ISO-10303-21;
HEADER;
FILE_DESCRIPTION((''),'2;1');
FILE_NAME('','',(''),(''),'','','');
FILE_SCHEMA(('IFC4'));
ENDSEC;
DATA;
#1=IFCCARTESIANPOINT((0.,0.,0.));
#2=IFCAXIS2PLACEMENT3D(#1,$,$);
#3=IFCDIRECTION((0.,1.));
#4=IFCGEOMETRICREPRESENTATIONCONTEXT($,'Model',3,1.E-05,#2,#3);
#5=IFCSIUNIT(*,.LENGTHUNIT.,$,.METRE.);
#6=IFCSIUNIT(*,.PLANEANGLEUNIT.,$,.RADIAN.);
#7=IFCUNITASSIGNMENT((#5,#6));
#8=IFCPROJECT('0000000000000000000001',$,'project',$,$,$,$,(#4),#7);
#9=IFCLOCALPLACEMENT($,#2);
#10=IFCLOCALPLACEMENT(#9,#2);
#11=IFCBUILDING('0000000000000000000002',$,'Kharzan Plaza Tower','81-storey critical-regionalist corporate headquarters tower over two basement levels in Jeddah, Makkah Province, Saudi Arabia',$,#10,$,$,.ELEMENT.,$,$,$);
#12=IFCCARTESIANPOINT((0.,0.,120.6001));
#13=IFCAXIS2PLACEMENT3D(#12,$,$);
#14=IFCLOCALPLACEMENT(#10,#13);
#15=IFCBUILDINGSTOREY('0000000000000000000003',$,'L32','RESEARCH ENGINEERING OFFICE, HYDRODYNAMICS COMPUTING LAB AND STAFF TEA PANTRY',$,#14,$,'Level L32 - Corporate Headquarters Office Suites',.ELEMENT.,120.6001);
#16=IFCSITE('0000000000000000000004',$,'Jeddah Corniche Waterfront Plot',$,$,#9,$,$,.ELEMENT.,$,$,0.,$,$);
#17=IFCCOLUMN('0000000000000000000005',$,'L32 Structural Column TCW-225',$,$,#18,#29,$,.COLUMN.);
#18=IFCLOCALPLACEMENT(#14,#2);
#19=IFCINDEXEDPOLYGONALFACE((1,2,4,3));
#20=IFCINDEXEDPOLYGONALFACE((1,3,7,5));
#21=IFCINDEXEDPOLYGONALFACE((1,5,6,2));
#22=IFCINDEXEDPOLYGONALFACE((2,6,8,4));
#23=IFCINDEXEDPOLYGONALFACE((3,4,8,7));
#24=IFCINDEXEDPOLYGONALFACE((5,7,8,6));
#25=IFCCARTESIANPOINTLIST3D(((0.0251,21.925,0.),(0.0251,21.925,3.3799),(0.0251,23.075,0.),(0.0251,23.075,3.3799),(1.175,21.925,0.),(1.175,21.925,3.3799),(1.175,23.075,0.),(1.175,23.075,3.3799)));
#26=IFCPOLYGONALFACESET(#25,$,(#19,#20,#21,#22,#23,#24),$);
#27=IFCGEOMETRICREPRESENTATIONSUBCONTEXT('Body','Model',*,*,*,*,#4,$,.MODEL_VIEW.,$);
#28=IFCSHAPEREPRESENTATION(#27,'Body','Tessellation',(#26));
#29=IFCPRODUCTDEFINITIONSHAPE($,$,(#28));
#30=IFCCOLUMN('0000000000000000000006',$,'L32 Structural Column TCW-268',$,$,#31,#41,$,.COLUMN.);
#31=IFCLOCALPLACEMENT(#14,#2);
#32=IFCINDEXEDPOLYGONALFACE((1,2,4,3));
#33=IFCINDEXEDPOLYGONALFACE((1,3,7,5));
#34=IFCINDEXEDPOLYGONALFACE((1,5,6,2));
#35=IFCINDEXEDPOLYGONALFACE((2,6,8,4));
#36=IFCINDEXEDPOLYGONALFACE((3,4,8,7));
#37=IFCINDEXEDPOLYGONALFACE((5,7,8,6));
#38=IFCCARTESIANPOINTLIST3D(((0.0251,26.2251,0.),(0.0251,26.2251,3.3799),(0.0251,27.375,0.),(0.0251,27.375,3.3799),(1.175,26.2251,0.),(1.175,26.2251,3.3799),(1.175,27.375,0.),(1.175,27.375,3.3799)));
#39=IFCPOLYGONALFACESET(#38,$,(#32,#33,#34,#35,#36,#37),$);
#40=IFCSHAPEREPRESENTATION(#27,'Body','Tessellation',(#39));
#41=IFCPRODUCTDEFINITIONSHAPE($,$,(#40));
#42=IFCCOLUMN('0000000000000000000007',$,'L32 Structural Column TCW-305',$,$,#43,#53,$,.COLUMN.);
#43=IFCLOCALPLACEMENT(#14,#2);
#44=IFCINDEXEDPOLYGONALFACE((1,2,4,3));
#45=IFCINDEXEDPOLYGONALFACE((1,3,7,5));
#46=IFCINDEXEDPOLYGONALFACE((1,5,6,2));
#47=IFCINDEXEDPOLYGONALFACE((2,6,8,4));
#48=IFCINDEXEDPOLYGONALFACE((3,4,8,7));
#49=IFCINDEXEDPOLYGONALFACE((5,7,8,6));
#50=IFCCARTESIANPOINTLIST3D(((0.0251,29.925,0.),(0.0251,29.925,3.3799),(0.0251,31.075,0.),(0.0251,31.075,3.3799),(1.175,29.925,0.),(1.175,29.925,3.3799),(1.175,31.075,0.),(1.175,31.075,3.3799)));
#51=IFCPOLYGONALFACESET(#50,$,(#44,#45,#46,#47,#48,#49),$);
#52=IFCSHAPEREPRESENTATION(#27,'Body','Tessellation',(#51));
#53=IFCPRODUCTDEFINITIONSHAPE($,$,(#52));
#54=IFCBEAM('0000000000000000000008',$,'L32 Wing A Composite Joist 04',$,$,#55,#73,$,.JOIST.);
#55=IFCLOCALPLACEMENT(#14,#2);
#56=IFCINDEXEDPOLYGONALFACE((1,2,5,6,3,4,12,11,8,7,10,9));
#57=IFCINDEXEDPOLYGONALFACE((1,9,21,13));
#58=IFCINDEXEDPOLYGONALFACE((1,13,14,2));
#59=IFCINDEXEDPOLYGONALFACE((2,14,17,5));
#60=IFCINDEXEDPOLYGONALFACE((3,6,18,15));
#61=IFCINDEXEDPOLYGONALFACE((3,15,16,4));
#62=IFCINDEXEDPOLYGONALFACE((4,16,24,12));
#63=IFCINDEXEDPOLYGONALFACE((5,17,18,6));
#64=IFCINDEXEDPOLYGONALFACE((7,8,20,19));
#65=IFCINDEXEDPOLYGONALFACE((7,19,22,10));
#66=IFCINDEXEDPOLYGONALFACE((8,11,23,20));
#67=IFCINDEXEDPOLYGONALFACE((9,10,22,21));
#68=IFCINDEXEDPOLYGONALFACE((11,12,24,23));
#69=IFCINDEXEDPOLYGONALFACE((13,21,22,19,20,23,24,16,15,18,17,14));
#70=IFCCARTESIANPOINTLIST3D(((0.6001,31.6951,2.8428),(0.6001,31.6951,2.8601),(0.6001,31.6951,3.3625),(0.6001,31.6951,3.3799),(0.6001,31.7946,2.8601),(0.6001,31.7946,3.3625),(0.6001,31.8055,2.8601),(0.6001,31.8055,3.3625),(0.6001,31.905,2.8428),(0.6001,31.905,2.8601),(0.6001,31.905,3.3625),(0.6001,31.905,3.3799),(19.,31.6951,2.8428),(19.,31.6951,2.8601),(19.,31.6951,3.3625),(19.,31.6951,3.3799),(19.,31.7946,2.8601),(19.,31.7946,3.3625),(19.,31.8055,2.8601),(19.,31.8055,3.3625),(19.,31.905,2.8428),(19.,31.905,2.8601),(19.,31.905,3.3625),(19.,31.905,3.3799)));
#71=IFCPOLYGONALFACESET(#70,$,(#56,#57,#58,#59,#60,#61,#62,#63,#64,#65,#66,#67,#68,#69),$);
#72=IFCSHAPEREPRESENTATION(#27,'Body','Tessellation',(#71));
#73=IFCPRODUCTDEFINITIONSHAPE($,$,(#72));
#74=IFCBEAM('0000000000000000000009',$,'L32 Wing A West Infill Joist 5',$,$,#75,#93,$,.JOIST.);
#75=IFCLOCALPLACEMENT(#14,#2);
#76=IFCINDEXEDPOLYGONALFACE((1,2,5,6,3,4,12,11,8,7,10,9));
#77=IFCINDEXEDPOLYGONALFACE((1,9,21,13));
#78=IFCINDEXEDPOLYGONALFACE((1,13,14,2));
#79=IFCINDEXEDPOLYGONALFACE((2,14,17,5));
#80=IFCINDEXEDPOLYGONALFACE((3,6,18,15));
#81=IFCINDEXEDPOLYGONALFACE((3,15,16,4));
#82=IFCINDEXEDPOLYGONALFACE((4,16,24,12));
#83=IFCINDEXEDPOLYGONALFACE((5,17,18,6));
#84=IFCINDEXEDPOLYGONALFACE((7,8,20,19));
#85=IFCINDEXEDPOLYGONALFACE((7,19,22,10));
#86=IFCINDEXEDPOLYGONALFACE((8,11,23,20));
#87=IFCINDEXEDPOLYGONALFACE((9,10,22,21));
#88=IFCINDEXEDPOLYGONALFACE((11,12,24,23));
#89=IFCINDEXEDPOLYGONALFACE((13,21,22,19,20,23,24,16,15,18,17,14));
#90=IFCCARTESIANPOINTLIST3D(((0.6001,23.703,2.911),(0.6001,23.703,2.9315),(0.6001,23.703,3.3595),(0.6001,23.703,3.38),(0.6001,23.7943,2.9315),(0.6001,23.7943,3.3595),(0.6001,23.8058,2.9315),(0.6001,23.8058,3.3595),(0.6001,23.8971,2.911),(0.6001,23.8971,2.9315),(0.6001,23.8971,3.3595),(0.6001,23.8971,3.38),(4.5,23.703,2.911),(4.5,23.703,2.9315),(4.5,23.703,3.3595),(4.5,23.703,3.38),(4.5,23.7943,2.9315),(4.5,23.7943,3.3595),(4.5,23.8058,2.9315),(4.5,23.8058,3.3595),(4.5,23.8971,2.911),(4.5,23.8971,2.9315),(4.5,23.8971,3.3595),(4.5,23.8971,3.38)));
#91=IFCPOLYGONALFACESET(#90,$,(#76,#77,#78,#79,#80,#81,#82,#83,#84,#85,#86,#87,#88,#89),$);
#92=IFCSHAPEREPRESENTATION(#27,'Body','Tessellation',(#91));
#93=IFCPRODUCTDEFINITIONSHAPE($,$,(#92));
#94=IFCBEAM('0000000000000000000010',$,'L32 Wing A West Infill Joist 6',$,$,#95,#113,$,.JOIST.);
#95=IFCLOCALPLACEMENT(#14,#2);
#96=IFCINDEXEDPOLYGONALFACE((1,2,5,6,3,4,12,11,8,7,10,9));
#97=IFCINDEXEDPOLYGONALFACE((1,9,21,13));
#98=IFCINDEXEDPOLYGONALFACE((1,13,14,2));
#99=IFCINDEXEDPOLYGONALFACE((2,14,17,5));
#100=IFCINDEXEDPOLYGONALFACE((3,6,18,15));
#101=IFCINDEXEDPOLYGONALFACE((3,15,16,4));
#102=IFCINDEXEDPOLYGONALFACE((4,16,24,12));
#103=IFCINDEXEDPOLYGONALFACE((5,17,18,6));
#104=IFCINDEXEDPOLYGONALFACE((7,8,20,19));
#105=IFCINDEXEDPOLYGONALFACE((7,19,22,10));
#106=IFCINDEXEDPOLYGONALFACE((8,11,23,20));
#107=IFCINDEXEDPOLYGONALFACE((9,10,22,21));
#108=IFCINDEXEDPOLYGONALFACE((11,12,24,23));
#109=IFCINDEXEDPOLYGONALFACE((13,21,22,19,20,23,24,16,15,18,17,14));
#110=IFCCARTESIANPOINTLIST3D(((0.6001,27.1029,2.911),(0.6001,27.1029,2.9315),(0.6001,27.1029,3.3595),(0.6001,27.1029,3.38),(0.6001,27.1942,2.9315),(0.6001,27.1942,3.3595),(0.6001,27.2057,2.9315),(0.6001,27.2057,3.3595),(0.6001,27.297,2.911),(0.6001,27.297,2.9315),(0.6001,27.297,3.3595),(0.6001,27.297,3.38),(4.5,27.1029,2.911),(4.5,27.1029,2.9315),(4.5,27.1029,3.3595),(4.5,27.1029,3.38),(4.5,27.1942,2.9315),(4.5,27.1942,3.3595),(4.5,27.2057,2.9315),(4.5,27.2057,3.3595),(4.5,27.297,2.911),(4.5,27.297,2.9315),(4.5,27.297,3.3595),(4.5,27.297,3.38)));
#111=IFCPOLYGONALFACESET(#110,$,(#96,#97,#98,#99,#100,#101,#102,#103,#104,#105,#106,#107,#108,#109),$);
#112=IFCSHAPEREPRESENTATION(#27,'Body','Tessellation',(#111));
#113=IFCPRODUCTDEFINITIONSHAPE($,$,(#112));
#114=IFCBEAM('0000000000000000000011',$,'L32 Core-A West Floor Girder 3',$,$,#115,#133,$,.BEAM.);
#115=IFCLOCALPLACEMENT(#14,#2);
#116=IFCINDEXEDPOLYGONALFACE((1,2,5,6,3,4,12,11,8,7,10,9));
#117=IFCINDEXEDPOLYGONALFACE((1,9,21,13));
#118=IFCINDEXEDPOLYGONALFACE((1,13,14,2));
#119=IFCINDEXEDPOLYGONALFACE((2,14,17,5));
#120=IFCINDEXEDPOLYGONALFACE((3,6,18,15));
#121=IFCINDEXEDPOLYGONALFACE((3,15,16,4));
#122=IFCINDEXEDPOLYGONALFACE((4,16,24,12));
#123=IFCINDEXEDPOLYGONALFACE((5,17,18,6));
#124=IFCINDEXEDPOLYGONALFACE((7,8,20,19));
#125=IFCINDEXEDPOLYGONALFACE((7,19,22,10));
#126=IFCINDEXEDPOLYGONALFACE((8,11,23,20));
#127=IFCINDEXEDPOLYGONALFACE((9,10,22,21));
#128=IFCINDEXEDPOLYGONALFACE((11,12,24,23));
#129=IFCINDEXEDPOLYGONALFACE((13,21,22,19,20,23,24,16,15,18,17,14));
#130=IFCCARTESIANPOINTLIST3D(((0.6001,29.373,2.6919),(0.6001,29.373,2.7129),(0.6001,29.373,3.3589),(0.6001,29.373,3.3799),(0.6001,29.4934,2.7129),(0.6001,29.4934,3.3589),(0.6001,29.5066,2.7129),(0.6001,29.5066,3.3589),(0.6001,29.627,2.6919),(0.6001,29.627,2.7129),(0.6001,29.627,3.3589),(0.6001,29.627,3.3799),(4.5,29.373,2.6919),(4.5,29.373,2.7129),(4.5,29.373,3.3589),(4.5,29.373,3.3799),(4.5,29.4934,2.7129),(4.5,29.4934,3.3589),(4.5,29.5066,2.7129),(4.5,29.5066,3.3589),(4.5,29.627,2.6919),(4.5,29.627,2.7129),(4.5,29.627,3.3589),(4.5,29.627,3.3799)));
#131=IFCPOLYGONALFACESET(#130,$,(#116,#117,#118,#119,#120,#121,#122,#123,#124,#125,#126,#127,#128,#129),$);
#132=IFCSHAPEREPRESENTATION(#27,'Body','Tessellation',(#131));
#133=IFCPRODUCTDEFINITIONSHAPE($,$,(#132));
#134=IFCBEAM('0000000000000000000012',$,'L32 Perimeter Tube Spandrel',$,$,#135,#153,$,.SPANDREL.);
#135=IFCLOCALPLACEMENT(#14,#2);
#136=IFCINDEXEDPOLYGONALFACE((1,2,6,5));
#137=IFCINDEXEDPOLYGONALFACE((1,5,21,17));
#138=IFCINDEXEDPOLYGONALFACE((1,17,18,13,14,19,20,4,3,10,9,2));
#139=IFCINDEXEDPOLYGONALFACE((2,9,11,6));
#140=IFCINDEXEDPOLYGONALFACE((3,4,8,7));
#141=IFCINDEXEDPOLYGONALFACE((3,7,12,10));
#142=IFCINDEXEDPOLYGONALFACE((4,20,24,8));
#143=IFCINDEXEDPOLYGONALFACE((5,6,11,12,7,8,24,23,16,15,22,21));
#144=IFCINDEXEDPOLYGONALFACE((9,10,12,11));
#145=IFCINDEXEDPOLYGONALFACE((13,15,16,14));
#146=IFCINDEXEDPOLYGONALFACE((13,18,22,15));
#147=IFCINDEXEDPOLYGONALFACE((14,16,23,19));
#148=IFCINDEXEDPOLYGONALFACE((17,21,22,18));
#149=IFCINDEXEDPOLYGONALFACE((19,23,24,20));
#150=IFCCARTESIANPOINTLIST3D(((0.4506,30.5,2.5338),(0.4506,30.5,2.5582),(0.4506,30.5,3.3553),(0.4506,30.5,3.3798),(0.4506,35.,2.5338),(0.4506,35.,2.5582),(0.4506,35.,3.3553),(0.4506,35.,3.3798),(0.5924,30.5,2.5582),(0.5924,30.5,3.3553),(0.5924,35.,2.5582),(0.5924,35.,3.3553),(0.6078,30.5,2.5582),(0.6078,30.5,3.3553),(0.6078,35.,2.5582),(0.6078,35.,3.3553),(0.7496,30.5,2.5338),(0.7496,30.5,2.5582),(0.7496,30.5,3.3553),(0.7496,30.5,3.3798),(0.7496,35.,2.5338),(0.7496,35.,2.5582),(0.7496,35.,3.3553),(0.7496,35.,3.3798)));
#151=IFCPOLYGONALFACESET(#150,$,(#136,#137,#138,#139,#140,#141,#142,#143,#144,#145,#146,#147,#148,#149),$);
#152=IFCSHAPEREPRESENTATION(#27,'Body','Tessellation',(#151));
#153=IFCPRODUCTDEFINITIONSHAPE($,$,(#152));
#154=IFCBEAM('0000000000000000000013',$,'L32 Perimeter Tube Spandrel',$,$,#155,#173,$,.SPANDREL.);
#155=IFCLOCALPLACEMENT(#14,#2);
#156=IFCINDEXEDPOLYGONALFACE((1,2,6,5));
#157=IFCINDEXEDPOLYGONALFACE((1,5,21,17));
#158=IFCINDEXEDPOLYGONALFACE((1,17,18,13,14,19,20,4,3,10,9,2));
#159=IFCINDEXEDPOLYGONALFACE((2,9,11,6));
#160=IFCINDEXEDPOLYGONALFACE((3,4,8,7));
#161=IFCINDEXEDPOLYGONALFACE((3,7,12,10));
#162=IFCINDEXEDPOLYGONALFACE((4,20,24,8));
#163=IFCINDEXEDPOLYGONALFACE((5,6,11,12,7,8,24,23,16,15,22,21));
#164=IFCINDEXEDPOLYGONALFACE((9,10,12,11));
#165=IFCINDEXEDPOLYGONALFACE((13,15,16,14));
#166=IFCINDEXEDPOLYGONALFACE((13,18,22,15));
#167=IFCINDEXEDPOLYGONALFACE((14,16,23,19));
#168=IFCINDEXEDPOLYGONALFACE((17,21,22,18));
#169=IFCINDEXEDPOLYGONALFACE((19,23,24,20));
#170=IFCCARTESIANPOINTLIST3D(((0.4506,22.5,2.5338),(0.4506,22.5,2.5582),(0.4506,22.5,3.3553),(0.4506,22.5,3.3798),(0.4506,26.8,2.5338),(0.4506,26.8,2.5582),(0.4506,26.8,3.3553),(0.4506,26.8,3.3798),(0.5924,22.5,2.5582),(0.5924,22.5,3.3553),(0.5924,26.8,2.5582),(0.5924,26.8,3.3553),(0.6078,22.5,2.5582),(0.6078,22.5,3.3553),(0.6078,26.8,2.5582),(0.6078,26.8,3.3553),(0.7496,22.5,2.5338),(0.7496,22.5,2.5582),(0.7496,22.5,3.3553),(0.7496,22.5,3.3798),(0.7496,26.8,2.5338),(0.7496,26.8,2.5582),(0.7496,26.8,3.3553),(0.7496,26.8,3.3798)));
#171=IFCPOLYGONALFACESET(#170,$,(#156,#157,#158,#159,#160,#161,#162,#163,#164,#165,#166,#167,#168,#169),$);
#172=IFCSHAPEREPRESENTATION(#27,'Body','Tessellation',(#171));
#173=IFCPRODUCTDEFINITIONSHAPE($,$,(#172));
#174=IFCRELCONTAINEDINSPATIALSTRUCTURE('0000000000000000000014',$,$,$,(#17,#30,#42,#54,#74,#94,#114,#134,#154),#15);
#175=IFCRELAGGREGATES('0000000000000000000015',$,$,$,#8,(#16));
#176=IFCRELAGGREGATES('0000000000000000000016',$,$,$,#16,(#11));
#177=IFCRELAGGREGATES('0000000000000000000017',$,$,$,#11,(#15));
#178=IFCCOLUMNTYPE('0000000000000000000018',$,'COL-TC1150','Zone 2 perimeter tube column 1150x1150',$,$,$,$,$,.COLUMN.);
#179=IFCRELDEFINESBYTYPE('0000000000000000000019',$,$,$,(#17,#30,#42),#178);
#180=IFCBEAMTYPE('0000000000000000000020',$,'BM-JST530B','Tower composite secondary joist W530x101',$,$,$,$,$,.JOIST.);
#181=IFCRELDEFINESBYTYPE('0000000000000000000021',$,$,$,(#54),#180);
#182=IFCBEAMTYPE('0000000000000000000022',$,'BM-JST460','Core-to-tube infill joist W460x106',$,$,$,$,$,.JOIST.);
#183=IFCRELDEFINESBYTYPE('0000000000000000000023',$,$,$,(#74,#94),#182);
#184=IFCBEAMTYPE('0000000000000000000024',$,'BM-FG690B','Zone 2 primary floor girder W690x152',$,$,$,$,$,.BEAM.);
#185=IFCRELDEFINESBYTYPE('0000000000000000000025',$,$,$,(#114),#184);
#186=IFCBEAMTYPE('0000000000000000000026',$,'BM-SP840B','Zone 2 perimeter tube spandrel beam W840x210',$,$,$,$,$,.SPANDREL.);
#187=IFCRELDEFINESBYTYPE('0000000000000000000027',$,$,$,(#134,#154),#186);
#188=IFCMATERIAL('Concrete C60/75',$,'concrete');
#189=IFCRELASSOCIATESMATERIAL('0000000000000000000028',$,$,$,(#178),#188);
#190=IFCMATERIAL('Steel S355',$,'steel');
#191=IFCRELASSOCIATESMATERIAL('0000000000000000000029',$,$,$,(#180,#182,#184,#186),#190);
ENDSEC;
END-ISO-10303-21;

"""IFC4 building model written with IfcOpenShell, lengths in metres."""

from ifc_helpers import new_model, si_unit, direction, frame, origin, origin_2d, place, context, subcontext, project, spatial, rectangle, i_section, extrude, source, transform, mapped, material, material_profile, profile_set, type_object, element, save


model = new_model("IFC4")

# Units and contexts
model_context = context("Model", 3, precision=1e-05, world=origin(), true_north=direction((0.0, 1.0)))
body_context = subcontext(model_context, "Body", "Model", "MODEL_VIEW")
ifc_project = project(units=[si_unit("LENGTHUNIT", "METRE"), si_unit("PLANEANGLEUNIT", "RADIAN")], contexts=[model_context])

# Site, building, storey
site_placement = place(None, origin())
site = spatial("IfcSite", under=ifc_project, at=site_placement, Name="Jeddah Corniche Waterfront Plot", CompositionType="ELEMENT", RefElevation=0.0)
building_placement = place(site_placement, origin())
building = spatial("IfcBuilding", under=site, at=building_placement, Name="Kharzan Plaza Tower", Description="81-storey critical-regionalist corporate headquarters tower over two basement levels in Jeddah, Makkah Province, Saudi Arabia", CompositionType="ELEMENT")
storey_placement = place(building_placement, frame((0.0, 0.0, 120.6001)))
storey = spatial("IfcBuildingStorey", under=building, at=storey_placement, Name="L32", Description="RESEARCH ENGINEERING OFFICE, HYDRODYNAMICS COMPUTING LAB AND STAFF TEA PANTRY", LongName="Level L32 - Corporate Headquarters Office Suites", CompositionType="ELEMENT", Elevation=120.6001)

# Columns
ifc_material_1 = material(Name="Concrete C60/75", Category="concrete")
ifc_material_profile_1 = material_profile(ifc_material_1, rectangle(XDim=1.1499, YDim=1.1499, at=origin_2d()), Name="RC-TC1150x1150")
ifc_profile_set_1 = profile_set([ifc_material_profile_1], Name="Concrete C60/75")
column_type = type_object("IfcColumnType", Name="COL-TC1150", Description="Zone 2 perimeter tube column 1150x1150", PredefinedType="COLUMN", material=ifc_profile_set_1)
shared_shape_1 = source(origin(), body_context, "Body", "SweptSolid", [
    extrude(rectangle(XDim=1.1499, YDim=1.1499, at=origin_2d()), origin(), (0.0, 0.0, 1.0), 3.3799),
])
for number, where, z_axis, x_axis, name in (
    (1, (0.6001, 22.5, 0.0), (0.0, 0.0, 1.0), (1.0, 0.0, 0.0), "L32 Structural Column TCW-225"),
    (2, (0.6001, 26.8, 0.0), (0.0, 0.0, 1.0), (1.0, 0.0, 0.0), "L32 Structural Column TCW-268"),
    (3, (0.6001, 30.5, 0.0), (0.0, 0.0, 1.0), (1.0, 0.0, 0.0), "L32 Structural Column TCW-305"),
):
    element("IfcColumn", number, at=place(storey_placement, frame(where, z_axis=z_axis, x_axis=x_axis)), inside=storey, type_object=column_type, Name=name, PredefinedType="COLUMN", context=body_context, shape_type="MappedRepresentation", body=[
        mapped(shared_shape_1, transform((0.0, 0.0, 0.0), x_axis=(1.0, 0.0, 0.0), y_axis=(0.0, 1.0, 0.0), z_axis=(0.0, 0.0, 1.0))),
    ])

# Beams
ifc_material_2 = material(Name="Steel S355", Category="steel")
ifc_material_profile_2 = material_profile(ifc_material_2, i_section(OverallWidth=0.21, OverallDepth=0.5371, WebThickness=0.011, FlangeThickness=0.0173, at=origin_2d()), Name="W530x101")
ifc_profile_set_2 = profile_set([ifc_material_profile_2], Name="Steel S355")
beam_type_1 = type_object("IfcBeamType", Name="BM-JST530B", Description="Tower composite secondary joist W530x101", PredefinedType="JOIST", material=ifc_profile_set_2)
shared_shape_2 = source(origin(), body_context, "Body", "SweptSolid", [
    extrude(i_section(OverallWidth=0.21, OverallDepth=0.5371, WebThickness=0.011, FlangeThickness=0.0173, at=origin_2d()), origin(), (0.0, 0.0, 1.0), 18.3999),
])
beam_1_placement = place(storey_placement, frame((0.6001, 31.8, 3.1113), z_axis=(1.0, 0.0, 0.0), x_axis=(0.0, 1.0, 0.0)))
element("IfcBeam", 4, at=beam_1_placement, inside=storey, type_object=beam_type_1, Name="L32 Wing A Composite Joist 04", PredefinedType="JOIST", context=body_context, shape_type="MappedRepresentation", body=[
    mapped(shared_shape_2, transform((0.0, 0.0, 0.0), x_axis=(1.0, 0.0, 0.0), y_axis=(0.0, 1.0, 0.0), z_axis=(0.0, 0.0, 1.0))),
])
ifc_material_profile_3 = material_profile(ifc_material_2, i_section(OverallWidth=0.1941, OverallDepth=0.469, WebThickness=0.0115, FlangeThickness=0.0205, at=origin_2d()), Name="W460x106")
ifc_profile_set_3 = profile_set([ifc_material_profile_3], Name="Steel S355")
beam_type_2 = type_object("IfcBeamType", Name="BM-JST460", Description="Core-to-tube infill joist W460x106", PredefinedType="JOIST", material=ifc_profile_set_3)
shared_shape_3 = source(origin(), body_context, "Body", "SweptSolid", [
    extrude(i_section(OverallWidth=0.1941, OverallDepth=0.469, WebThickness=0.0115, FlangeThickness=0.0205, at=origin_2d()), origin(), (0.0, 0.0, 1.0), 3.8999),
])
for number, where, z_axis, x_axis, name in (
    (5, (0.6001, 23.8, 3.1455), (1.0, 0.0, 0.0), (0.0, 1.0, 0.0), "L32 Wing A West Infill Joist 5"),
    (6, (0.6001, 27.2, 3.1455), (1.0, 0.0, 0.0), (0.0, 1.0, 0.0), "L32 Wing A West Infill Joist 6"),
):
    element("IfcBeam", number, at=place(storey_placement, frame(where, z_axis=z_axis, x_axis=x_axis)), inside=storey, type_object=beam_type_2, Name=name, PredefinedType="JOIST", context=body_context, shape_type="MappedRepresentation", body=[
        mapped(shared_shape_3, transform((0.0, 0.0, 0.0), x_axis=(1.0, 0.0, 0.0), y_axis=(0.0, 1.0, 0.0), z_axis=(0.0, 0.0, 1.0))),
    ])
ifc_material_profile_4 = material_profile(ifc_material_2, i_section(OverallWidth=0.2539, OverallDepth=0.688, WebThickness=0.0132, FlangeThickness=0.021, at=origin_2d()), Name="W690x152")
ifc_profile_set_4 = profile_set([ifc_material_profile_4], Name="Steel S355")
beam_type_3 = type_object("IfcBeamType", Name="BM-FG690B", Description="Zone 2 primary floor girder W690x152", PredefinedType="BEAM", material=ifc_profile_set_4)
shared_shape_4 = source(origin(), body_context, "Body", "SweptSolid", [
    extrude(i_section(OverallWidth=0.2539, OverallDepth=0.688, WebThickness=0.0132, FlangeThickness=0.021, at=origin_2d()), origin(), (0.0, 0.0, 1.0), 3.8999),
])
beam_2_placement = place(storey_placement, frame((0.6001, 29.5, 3.0359), z_axis=(1.0, 0.0, 0.0), x_axis=(0.0, 1.0, 0.0)))
element("IfcBeam", 7, at=beam_2_placement, inside=storey, type_object=beam_type_3, Name="L32 Core-A West Floor Girder 3", PredefinedType="BEAM", context=body_context, shape_type="MappedRepresentation", body=[
    mapped(shared_shape_4, transform((0.0, 0.0, 0.0), x_axis=(1.0, 0.0, 0.0), y_axis=(0.0, 1.0, 0.0), z_axis=(0.0, 0.0, 1.0))),
])
ifc_material_profile_5 = material_profile(ifc_material_2, i_section(OverallWidth=0.2991, OverallDepth=0.8459, WebThickness=0.0154, FlangeThickness=0.0244, at=origin_2d()), Name="W840x210")
ifc_profile_set_5 = profile_set([ifc_material_profile_5], Name="Steel S355")
beam_type_4 = type_object("IfcBeamType", Name="BM-SP840B", Description="Zone 2 perimeter tube spandrel beam W840x210", PredefinedType="SPANDREL", material=ifc_profile_set_5)
shared_shape_5 = source(origin(), body_context, "Body", "SweptSolid", [
    extrude(i_section(OverallWidth=0.2991, OverallDepth=0.8459, WebThickness=0.0154, FlangeThickness=0.0244, at=origin_2d()), origin(), (0.0, 0.0, 1.0), 4.5),
])
beam_3_placement = place(storey_placement, frame((0.6001, 30.5, 2.9568), z_axis=(0.0, 1.0, 0.0), x_axis=(-1.0, 0.0, 0.0)))
element("IfcBeam", 8, at=beam_3_placement, inside=storey, type_object=beam_type_4, Name="L32 Perimeter Tube Spandrel", PredefinedType="SPANDREL", context=body_context, shape_type="MappedRepresentation", body=[
    mapped(shared_shape_5, transform((0.0, 0.0, 0.0), x_axis=(1.0, 0.0, 0.0), y_axis=(0.0, 1.0, 0.0), z_axis=(0.0, 0.0, 1.0))),
])
shared_shape_6 = source(origin(), body_context, "Body", "SweptSolid", [
    extrude(i_section(OverallWidth=0.2991, OverallDepth=0.8459, WebThickness=0.0154, FlangeThickness=0.0244, at=origin_2d()), origin(), (0.0, 0.0, 1.0), 4.3),
])
beam_4_placement = place(storey_placement, frame((0.6001, 22.5, 2.9568), z_axis=(0.0, 1.0, 0.0), x_axis=(-1.0, 0.0, 0.0)))
element("IfcBeam", 9, at=beam_4_placement, inside=storey, type_object=beam_type_4, Name="L32 Perimeter Tube Spandrel", PredefinedType="SPANDREL", context=body_context, shape_type="MappedRepresentation", body=[
    mapped(shared_shape_6, transform((0.0, 0.0, 0.0), x_axis=(1.0, 0.0, 0.0), y_axis=(0.0, 1.0, 0.0), z_axis=(0.0, 0.0, 1.0))),
])

save(model, "model.ifc")
